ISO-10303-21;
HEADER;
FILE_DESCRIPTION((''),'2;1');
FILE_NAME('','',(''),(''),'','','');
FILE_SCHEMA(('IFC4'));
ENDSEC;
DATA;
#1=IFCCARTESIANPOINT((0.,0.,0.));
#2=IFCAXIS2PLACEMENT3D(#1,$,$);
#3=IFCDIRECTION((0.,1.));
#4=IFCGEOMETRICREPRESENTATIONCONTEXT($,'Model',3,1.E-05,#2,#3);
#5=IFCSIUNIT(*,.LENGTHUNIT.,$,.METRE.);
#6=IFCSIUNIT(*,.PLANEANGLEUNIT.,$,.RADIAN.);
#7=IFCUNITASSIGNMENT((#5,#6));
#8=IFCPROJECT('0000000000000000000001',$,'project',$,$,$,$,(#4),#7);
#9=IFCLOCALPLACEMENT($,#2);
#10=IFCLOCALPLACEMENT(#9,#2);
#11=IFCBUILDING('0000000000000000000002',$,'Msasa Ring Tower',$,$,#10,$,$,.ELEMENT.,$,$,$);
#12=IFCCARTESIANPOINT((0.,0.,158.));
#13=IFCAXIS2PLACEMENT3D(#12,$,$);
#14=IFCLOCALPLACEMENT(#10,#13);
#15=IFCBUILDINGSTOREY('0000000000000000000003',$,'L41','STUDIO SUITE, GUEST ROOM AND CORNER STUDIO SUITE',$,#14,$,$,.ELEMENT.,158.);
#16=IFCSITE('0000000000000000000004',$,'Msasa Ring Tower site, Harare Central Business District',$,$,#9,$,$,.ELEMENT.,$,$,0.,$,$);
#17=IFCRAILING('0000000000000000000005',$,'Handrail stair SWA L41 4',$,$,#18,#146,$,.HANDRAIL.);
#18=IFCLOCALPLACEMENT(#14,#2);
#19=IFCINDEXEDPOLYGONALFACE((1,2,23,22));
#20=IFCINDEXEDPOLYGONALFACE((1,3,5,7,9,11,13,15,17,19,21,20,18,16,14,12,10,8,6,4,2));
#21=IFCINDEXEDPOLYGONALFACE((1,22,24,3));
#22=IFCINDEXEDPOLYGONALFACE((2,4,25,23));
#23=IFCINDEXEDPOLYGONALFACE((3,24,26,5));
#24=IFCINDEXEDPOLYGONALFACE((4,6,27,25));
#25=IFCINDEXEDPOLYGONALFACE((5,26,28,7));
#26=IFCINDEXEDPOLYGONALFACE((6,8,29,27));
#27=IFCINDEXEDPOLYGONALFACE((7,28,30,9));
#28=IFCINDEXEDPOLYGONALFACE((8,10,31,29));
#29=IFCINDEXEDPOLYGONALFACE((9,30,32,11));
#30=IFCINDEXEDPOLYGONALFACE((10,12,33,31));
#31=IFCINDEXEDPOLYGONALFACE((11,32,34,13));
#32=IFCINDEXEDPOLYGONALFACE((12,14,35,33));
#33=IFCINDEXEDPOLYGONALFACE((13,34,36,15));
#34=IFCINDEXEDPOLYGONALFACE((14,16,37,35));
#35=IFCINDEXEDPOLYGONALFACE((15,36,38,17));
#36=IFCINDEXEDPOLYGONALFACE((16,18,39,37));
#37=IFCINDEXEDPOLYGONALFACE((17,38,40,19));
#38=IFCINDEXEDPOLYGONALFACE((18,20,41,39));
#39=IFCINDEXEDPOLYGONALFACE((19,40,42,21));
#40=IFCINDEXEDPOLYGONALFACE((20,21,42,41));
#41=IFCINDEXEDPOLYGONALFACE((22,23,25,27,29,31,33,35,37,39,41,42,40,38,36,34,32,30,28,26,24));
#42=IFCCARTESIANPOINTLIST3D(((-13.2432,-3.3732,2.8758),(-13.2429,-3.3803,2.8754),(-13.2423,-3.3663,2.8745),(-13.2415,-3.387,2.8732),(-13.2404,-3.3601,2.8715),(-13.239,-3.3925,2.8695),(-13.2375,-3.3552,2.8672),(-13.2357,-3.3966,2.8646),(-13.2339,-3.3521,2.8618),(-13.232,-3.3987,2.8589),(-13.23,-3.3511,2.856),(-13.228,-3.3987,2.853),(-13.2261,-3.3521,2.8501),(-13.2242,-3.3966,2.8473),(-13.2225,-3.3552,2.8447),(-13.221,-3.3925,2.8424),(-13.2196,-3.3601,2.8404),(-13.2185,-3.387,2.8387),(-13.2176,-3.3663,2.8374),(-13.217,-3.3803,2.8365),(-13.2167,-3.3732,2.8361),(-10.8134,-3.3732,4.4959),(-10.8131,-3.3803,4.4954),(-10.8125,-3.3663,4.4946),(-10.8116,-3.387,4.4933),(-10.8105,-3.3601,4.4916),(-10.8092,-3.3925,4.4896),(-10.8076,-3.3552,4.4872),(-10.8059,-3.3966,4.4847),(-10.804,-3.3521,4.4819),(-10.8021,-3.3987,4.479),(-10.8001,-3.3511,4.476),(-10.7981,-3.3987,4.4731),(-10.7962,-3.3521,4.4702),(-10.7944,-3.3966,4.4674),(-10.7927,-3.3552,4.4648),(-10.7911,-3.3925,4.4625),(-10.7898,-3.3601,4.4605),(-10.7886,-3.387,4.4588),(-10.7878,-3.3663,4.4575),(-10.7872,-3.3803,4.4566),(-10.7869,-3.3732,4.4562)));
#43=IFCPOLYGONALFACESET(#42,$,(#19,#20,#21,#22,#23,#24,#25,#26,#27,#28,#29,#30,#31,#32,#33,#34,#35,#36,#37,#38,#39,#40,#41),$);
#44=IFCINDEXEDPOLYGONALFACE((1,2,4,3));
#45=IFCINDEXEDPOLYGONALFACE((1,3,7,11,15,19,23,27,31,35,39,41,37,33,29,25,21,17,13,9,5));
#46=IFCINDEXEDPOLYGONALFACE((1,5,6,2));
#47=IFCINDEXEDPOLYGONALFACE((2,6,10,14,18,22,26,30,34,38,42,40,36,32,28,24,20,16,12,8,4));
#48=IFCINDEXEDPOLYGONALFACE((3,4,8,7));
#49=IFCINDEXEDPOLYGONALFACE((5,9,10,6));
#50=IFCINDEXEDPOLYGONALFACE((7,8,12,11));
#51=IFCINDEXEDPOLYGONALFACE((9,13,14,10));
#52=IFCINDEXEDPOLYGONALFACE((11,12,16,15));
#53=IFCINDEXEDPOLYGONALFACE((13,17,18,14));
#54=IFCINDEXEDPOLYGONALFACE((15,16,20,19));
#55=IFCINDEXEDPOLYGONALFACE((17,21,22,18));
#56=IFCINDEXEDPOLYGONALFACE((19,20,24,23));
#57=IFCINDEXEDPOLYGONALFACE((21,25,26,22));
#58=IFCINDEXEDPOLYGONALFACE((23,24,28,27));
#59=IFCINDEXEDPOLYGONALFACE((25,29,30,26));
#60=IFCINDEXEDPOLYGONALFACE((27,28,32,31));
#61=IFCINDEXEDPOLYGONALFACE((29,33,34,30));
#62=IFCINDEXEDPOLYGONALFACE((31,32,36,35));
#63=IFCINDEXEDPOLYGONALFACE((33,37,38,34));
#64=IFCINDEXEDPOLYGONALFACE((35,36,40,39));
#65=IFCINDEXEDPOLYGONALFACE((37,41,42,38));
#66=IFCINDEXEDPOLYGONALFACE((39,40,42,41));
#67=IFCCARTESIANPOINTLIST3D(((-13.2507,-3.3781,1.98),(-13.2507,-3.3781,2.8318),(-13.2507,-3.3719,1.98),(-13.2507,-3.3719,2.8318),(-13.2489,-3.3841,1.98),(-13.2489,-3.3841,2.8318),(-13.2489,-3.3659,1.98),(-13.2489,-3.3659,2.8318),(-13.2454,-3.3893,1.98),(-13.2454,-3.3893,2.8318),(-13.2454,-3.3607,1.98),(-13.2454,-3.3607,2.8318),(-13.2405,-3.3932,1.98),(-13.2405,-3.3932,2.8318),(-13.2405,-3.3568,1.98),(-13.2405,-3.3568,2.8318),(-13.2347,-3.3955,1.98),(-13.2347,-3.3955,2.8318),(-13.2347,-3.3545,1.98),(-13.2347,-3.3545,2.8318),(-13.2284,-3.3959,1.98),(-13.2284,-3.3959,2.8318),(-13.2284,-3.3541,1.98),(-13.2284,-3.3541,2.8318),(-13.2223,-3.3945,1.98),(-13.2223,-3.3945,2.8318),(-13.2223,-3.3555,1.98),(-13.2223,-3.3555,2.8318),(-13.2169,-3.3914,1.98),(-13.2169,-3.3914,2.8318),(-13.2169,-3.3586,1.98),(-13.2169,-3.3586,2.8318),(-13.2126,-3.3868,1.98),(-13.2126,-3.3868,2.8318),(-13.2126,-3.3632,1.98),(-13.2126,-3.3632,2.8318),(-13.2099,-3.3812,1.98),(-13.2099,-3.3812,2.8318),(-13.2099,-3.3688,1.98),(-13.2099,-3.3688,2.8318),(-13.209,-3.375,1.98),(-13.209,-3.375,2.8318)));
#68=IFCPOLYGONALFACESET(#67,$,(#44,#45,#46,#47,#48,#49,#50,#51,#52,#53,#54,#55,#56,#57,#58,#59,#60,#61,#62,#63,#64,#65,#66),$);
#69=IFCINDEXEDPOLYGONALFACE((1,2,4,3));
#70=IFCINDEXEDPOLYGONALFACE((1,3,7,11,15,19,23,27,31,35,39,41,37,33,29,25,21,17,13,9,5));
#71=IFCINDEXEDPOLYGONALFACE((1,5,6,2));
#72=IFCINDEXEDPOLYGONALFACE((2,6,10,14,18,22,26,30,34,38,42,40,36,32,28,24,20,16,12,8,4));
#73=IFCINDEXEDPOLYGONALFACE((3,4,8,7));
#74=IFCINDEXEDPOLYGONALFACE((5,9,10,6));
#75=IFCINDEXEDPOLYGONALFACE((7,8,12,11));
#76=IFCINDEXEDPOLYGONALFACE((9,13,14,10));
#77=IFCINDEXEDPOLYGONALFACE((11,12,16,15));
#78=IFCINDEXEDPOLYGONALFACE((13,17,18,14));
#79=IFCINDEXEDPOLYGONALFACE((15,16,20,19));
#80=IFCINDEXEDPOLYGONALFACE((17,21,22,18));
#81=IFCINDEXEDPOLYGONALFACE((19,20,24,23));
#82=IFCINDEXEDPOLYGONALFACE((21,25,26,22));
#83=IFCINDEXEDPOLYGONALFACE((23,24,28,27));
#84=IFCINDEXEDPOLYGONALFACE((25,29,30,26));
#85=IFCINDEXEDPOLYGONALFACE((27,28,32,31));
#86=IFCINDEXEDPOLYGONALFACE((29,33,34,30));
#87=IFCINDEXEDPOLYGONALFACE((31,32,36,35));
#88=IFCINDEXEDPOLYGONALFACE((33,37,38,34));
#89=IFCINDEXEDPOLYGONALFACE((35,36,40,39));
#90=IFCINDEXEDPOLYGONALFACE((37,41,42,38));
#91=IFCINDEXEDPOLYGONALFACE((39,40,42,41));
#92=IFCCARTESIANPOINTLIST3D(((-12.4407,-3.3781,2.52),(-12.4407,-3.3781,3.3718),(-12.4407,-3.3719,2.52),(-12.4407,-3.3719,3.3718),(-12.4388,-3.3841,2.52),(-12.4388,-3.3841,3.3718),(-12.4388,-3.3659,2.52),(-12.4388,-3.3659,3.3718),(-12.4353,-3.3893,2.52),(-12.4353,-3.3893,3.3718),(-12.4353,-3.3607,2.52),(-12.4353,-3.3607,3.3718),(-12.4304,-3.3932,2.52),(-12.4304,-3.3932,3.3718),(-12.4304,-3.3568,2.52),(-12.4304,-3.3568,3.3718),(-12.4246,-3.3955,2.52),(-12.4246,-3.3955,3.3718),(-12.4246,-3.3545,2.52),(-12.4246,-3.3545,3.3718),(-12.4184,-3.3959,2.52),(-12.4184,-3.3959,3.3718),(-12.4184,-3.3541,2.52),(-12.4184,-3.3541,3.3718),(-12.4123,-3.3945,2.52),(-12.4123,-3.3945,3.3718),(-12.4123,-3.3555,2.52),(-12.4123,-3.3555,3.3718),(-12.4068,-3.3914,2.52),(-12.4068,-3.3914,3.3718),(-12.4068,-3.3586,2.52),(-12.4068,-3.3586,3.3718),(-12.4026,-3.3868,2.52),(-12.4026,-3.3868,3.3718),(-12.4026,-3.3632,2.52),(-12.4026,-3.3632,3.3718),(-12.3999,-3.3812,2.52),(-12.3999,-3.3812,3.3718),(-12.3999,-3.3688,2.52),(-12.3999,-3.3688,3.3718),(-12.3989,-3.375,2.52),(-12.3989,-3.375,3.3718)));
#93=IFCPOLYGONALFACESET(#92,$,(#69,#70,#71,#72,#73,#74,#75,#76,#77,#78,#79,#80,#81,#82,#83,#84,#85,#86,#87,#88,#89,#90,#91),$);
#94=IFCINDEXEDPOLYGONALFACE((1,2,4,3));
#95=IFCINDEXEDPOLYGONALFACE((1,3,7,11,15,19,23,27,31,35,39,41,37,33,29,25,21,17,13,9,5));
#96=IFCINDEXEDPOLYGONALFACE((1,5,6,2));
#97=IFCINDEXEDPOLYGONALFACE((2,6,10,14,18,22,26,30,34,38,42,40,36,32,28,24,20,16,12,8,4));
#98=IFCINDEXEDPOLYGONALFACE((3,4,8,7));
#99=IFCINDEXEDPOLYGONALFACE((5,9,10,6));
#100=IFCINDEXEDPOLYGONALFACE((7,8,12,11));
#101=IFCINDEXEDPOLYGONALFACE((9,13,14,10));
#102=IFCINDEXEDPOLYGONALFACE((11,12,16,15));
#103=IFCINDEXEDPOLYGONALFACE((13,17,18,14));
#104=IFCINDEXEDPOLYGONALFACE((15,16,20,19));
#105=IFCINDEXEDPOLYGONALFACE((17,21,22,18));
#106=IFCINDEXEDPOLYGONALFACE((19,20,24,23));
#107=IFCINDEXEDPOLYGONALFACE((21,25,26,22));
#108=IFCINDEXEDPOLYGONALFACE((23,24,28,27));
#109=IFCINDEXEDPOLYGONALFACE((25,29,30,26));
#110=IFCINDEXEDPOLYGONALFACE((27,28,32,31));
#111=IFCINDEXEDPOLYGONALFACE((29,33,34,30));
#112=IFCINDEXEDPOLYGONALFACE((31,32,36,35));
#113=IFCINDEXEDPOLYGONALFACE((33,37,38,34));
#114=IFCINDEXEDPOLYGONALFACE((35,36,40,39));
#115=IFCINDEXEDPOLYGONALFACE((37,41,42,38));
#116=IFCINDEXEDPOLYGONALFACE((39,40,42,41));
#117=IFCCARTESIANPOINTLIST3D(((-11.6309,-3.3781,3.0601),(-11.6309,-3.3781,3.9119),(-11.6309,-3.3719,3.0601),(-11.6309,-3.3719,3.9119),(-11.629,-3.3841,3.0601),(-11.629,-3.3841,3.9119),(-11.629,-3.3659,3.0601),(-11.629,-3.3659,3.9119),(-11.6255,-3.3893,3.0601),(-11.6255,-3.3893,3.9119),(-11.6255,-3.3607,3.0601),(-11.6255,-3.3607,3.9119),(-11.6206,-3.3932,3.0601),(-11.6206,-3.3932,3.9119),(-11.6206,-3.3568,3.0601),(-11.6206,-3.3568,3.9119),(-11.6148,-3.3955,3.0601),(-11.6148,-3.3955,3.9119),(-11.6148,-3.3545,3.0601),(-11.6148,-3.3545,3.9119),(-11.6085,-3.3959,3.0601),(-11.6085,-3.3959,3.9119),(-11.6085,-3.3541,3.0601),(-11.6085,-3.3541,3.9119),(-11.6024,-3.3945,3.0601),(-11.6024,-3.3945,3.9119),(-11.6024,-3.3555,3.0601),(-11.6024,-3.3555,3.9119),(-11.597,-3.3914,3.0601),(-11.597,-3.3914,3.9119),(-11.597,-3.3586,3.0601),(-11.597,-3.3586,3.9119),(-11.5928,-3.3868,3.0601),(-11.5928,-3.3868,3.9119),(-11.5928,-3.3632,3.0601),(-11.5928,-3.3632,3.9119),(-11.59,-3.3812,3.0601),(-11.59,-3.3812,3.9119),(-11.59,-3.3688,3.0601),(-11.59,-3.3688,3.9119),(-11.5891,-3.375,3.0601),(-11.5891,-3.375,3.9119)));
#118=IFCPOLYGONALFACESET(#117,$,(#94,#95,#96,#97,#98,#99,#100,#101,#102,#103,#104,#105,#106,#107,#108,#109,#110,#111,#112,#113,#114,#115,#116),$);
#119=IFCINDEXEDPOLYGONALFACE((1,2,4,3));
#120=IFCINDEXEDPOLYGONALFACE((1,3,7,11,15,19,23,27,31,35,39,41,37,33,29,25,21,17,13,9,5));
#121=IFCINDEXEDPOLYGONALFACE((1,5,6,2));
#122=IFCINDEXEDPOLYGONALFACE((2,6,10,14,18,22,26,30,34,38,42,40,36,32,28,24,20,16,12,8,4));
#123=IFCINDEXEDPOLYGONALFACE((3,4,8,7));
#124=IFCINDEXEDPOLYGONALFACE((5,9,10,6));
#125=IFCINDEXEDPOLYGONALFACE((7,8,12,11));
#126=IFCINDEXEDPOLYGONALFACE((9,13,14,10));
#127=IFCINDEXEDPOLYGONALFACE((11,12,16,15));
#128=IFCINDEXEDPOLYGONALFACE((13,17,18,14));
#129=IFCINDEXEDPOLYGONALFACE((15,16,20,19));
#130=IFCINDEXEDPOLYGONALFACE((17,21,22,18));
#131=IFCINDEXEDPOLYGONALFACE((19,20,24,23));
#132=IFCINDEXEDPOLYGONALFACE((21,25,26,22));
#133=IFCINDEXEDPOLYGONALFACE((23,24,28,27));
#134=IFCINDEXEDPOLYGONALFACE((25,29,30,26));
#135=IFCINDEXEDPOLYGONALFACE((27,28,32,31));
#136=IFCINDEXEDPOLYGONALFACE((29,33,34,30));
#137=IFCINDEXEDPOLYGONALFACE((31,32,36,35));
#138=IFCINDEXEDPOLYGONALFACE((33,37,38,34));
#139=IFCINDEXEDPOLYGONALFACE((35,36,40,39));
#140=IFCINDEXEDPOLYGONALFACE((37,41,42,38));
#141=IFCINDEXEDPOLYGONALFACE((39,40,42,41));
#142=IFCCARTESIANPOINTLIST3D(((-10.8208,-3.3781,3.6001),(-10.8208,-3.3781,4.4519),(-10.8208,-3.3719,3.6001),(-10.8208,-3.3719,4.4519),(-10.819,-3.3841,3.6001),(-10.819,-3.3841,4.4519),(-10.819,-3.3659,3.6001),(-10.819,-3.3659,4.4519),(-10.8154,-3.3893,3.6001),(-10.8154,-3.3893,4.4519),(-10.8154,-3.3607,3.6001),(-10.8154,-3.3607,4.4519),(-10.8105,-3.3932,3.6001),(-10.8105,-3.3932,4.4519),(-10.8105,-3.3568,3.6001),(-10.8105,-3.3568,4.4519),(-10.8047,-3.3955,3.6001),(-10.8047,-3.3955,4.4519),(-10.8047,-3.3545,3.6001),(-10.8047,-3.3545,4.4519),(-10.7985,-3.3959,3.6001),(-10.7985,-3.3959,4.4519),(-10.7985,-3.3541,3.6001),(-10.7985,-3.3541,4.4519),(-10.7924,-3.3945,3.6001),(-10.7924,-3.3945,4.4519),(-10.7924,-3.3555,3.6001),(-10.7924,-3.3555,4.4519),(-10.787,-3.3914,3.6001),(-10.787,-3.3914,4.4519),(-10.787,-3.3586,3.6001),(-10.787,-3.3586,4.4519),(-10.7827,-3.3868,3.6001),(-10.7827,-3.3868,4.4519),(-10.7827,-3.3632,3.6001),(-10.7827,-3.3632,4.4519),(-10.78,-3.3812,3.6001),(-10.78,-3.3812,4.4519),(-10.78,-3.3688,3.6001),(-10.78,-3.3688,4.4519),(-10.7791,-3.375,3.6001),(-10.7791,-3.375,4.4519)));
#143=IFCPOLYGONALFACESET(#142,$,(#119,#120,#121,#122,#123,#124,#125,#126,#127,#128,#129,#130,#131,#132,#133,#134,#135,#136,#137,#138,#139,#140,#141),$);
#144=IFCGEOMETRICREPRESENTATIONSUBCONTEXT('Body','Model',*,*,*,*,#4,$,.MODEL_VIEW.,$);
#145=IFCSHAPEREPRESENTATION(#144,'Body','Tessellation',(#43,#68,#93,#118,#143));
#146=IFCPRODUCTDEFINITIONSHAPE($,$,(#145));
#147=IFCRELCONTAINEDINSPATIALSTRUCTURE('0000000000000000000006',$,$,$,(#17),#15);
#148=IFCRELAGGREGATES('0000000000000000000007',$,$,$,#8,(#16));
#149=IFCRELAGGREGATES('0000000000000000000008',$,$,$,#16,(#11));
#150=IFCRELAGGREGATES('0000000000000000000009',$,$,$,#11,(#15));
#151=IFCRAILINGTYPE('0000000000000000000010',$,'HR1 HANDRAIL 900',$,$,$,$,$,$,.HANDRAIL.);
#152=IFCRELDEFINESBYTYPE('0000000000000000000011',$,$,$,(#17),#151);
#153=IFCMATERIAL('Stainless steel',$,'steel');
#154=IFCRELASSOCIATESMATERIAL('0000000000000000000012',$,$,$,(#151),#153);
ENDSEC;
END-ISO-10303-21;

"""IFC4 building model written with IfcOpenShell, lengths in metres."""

from ifc_helpers import new_model, si_unit, direction, frame, origin, origin_2d, place, context, subcontext, project, spatial, circle, extrude, material, type_object, element, save


model = new_model("IFC4")

# Units and contexts
model_context = context("Model", 3, precision=1e-05, world=origin(), true_north=direction((0.0, 1.0)))
body_context = subcontext(model_context, "Body", "Model", "MODEL_VIEW")
ifc_project = project(units=[si_unit("LENGTHUNIT", "METRE"), si_unit("PLANEANGLEUNIT", "RADIAN")], contexts=[model_context])

# Site, building, storey
site_placement = place(None, origin())
site = spatial("IfcSite", under=ifc_project, at=site_placement, Name="Msasa Ring Tower site, Harare Central Business District", CompositionType="ELEMENT", RefElevation=0.0)
building_placement = place(site_placement, origin())
building = spatial("IfcBuilding", under=site, at=building_placement, Name="Msasa Ring Tower", CompositionType="ELEMENT")
storey_placement = place(building_placement, frame((0.0, 0.0, 158.0)))
storey = spatial("IfcBuildingStorey", under=building, at=storey_placement, Name="L41", Description="STUDIO SUITE, GUEST ROOM AND CORNER STUDIO SUITE", CompositionType="ELEMENT", Elevation=158.0)

# Railing
ifc_material_1 = material(Name="Stainless steel", Category="steel")
railing_type = type_object("IfcRailingType", Name="HR1 HANDRAIL 900", PredefinedType="HANDRAIL", material=ifc_material_1)
for number, where, name in (
    (1, (-13.23, -3.375, 1.98), "Handrail stair SWA L41 4"),
):
    element("IfcRailing", number, at=place(storey_placement, frame(where)), inside=storey, type_object=railing_type, Name=name, PredefinedType="HANDRAIL", context=body_context, shape_type="SweptSolid", body=[
        extrude(circle(Radius=0.0239, at=origin_2d()), frame((0.0, 0.0, 0.876), z_axis=(0.832025, 0.0, 0.554739), x_axis=(0.0, 1.0, 0.0)), (0.0, 0.0, 1.0), 2.9204),
        extrude(circle(Radius=0.021, at=origin_2d()), origin(), (0.0, 0.0, 1.0), 0.8518),
        extrude(circle(Radius=0.021, at=origin_2d()), frame((0.8101, 0.0, 0.54)), (0.0, 0.0, 1.0), 0.8518),
        extrude(circle(Radius=0.021, at=origin_2d()), frame((1.6199, 0.0, 1.0801)), (0.0, 0.0, 1.0), 0.8518),
        extrude(circle(Radius=0.021, at=origin_2d()), frame((2.4299, 0.0, 1.6201)), (0.0, 0.0, 1.0), 0.8518),
    ])

save(model, "model.ifc")
